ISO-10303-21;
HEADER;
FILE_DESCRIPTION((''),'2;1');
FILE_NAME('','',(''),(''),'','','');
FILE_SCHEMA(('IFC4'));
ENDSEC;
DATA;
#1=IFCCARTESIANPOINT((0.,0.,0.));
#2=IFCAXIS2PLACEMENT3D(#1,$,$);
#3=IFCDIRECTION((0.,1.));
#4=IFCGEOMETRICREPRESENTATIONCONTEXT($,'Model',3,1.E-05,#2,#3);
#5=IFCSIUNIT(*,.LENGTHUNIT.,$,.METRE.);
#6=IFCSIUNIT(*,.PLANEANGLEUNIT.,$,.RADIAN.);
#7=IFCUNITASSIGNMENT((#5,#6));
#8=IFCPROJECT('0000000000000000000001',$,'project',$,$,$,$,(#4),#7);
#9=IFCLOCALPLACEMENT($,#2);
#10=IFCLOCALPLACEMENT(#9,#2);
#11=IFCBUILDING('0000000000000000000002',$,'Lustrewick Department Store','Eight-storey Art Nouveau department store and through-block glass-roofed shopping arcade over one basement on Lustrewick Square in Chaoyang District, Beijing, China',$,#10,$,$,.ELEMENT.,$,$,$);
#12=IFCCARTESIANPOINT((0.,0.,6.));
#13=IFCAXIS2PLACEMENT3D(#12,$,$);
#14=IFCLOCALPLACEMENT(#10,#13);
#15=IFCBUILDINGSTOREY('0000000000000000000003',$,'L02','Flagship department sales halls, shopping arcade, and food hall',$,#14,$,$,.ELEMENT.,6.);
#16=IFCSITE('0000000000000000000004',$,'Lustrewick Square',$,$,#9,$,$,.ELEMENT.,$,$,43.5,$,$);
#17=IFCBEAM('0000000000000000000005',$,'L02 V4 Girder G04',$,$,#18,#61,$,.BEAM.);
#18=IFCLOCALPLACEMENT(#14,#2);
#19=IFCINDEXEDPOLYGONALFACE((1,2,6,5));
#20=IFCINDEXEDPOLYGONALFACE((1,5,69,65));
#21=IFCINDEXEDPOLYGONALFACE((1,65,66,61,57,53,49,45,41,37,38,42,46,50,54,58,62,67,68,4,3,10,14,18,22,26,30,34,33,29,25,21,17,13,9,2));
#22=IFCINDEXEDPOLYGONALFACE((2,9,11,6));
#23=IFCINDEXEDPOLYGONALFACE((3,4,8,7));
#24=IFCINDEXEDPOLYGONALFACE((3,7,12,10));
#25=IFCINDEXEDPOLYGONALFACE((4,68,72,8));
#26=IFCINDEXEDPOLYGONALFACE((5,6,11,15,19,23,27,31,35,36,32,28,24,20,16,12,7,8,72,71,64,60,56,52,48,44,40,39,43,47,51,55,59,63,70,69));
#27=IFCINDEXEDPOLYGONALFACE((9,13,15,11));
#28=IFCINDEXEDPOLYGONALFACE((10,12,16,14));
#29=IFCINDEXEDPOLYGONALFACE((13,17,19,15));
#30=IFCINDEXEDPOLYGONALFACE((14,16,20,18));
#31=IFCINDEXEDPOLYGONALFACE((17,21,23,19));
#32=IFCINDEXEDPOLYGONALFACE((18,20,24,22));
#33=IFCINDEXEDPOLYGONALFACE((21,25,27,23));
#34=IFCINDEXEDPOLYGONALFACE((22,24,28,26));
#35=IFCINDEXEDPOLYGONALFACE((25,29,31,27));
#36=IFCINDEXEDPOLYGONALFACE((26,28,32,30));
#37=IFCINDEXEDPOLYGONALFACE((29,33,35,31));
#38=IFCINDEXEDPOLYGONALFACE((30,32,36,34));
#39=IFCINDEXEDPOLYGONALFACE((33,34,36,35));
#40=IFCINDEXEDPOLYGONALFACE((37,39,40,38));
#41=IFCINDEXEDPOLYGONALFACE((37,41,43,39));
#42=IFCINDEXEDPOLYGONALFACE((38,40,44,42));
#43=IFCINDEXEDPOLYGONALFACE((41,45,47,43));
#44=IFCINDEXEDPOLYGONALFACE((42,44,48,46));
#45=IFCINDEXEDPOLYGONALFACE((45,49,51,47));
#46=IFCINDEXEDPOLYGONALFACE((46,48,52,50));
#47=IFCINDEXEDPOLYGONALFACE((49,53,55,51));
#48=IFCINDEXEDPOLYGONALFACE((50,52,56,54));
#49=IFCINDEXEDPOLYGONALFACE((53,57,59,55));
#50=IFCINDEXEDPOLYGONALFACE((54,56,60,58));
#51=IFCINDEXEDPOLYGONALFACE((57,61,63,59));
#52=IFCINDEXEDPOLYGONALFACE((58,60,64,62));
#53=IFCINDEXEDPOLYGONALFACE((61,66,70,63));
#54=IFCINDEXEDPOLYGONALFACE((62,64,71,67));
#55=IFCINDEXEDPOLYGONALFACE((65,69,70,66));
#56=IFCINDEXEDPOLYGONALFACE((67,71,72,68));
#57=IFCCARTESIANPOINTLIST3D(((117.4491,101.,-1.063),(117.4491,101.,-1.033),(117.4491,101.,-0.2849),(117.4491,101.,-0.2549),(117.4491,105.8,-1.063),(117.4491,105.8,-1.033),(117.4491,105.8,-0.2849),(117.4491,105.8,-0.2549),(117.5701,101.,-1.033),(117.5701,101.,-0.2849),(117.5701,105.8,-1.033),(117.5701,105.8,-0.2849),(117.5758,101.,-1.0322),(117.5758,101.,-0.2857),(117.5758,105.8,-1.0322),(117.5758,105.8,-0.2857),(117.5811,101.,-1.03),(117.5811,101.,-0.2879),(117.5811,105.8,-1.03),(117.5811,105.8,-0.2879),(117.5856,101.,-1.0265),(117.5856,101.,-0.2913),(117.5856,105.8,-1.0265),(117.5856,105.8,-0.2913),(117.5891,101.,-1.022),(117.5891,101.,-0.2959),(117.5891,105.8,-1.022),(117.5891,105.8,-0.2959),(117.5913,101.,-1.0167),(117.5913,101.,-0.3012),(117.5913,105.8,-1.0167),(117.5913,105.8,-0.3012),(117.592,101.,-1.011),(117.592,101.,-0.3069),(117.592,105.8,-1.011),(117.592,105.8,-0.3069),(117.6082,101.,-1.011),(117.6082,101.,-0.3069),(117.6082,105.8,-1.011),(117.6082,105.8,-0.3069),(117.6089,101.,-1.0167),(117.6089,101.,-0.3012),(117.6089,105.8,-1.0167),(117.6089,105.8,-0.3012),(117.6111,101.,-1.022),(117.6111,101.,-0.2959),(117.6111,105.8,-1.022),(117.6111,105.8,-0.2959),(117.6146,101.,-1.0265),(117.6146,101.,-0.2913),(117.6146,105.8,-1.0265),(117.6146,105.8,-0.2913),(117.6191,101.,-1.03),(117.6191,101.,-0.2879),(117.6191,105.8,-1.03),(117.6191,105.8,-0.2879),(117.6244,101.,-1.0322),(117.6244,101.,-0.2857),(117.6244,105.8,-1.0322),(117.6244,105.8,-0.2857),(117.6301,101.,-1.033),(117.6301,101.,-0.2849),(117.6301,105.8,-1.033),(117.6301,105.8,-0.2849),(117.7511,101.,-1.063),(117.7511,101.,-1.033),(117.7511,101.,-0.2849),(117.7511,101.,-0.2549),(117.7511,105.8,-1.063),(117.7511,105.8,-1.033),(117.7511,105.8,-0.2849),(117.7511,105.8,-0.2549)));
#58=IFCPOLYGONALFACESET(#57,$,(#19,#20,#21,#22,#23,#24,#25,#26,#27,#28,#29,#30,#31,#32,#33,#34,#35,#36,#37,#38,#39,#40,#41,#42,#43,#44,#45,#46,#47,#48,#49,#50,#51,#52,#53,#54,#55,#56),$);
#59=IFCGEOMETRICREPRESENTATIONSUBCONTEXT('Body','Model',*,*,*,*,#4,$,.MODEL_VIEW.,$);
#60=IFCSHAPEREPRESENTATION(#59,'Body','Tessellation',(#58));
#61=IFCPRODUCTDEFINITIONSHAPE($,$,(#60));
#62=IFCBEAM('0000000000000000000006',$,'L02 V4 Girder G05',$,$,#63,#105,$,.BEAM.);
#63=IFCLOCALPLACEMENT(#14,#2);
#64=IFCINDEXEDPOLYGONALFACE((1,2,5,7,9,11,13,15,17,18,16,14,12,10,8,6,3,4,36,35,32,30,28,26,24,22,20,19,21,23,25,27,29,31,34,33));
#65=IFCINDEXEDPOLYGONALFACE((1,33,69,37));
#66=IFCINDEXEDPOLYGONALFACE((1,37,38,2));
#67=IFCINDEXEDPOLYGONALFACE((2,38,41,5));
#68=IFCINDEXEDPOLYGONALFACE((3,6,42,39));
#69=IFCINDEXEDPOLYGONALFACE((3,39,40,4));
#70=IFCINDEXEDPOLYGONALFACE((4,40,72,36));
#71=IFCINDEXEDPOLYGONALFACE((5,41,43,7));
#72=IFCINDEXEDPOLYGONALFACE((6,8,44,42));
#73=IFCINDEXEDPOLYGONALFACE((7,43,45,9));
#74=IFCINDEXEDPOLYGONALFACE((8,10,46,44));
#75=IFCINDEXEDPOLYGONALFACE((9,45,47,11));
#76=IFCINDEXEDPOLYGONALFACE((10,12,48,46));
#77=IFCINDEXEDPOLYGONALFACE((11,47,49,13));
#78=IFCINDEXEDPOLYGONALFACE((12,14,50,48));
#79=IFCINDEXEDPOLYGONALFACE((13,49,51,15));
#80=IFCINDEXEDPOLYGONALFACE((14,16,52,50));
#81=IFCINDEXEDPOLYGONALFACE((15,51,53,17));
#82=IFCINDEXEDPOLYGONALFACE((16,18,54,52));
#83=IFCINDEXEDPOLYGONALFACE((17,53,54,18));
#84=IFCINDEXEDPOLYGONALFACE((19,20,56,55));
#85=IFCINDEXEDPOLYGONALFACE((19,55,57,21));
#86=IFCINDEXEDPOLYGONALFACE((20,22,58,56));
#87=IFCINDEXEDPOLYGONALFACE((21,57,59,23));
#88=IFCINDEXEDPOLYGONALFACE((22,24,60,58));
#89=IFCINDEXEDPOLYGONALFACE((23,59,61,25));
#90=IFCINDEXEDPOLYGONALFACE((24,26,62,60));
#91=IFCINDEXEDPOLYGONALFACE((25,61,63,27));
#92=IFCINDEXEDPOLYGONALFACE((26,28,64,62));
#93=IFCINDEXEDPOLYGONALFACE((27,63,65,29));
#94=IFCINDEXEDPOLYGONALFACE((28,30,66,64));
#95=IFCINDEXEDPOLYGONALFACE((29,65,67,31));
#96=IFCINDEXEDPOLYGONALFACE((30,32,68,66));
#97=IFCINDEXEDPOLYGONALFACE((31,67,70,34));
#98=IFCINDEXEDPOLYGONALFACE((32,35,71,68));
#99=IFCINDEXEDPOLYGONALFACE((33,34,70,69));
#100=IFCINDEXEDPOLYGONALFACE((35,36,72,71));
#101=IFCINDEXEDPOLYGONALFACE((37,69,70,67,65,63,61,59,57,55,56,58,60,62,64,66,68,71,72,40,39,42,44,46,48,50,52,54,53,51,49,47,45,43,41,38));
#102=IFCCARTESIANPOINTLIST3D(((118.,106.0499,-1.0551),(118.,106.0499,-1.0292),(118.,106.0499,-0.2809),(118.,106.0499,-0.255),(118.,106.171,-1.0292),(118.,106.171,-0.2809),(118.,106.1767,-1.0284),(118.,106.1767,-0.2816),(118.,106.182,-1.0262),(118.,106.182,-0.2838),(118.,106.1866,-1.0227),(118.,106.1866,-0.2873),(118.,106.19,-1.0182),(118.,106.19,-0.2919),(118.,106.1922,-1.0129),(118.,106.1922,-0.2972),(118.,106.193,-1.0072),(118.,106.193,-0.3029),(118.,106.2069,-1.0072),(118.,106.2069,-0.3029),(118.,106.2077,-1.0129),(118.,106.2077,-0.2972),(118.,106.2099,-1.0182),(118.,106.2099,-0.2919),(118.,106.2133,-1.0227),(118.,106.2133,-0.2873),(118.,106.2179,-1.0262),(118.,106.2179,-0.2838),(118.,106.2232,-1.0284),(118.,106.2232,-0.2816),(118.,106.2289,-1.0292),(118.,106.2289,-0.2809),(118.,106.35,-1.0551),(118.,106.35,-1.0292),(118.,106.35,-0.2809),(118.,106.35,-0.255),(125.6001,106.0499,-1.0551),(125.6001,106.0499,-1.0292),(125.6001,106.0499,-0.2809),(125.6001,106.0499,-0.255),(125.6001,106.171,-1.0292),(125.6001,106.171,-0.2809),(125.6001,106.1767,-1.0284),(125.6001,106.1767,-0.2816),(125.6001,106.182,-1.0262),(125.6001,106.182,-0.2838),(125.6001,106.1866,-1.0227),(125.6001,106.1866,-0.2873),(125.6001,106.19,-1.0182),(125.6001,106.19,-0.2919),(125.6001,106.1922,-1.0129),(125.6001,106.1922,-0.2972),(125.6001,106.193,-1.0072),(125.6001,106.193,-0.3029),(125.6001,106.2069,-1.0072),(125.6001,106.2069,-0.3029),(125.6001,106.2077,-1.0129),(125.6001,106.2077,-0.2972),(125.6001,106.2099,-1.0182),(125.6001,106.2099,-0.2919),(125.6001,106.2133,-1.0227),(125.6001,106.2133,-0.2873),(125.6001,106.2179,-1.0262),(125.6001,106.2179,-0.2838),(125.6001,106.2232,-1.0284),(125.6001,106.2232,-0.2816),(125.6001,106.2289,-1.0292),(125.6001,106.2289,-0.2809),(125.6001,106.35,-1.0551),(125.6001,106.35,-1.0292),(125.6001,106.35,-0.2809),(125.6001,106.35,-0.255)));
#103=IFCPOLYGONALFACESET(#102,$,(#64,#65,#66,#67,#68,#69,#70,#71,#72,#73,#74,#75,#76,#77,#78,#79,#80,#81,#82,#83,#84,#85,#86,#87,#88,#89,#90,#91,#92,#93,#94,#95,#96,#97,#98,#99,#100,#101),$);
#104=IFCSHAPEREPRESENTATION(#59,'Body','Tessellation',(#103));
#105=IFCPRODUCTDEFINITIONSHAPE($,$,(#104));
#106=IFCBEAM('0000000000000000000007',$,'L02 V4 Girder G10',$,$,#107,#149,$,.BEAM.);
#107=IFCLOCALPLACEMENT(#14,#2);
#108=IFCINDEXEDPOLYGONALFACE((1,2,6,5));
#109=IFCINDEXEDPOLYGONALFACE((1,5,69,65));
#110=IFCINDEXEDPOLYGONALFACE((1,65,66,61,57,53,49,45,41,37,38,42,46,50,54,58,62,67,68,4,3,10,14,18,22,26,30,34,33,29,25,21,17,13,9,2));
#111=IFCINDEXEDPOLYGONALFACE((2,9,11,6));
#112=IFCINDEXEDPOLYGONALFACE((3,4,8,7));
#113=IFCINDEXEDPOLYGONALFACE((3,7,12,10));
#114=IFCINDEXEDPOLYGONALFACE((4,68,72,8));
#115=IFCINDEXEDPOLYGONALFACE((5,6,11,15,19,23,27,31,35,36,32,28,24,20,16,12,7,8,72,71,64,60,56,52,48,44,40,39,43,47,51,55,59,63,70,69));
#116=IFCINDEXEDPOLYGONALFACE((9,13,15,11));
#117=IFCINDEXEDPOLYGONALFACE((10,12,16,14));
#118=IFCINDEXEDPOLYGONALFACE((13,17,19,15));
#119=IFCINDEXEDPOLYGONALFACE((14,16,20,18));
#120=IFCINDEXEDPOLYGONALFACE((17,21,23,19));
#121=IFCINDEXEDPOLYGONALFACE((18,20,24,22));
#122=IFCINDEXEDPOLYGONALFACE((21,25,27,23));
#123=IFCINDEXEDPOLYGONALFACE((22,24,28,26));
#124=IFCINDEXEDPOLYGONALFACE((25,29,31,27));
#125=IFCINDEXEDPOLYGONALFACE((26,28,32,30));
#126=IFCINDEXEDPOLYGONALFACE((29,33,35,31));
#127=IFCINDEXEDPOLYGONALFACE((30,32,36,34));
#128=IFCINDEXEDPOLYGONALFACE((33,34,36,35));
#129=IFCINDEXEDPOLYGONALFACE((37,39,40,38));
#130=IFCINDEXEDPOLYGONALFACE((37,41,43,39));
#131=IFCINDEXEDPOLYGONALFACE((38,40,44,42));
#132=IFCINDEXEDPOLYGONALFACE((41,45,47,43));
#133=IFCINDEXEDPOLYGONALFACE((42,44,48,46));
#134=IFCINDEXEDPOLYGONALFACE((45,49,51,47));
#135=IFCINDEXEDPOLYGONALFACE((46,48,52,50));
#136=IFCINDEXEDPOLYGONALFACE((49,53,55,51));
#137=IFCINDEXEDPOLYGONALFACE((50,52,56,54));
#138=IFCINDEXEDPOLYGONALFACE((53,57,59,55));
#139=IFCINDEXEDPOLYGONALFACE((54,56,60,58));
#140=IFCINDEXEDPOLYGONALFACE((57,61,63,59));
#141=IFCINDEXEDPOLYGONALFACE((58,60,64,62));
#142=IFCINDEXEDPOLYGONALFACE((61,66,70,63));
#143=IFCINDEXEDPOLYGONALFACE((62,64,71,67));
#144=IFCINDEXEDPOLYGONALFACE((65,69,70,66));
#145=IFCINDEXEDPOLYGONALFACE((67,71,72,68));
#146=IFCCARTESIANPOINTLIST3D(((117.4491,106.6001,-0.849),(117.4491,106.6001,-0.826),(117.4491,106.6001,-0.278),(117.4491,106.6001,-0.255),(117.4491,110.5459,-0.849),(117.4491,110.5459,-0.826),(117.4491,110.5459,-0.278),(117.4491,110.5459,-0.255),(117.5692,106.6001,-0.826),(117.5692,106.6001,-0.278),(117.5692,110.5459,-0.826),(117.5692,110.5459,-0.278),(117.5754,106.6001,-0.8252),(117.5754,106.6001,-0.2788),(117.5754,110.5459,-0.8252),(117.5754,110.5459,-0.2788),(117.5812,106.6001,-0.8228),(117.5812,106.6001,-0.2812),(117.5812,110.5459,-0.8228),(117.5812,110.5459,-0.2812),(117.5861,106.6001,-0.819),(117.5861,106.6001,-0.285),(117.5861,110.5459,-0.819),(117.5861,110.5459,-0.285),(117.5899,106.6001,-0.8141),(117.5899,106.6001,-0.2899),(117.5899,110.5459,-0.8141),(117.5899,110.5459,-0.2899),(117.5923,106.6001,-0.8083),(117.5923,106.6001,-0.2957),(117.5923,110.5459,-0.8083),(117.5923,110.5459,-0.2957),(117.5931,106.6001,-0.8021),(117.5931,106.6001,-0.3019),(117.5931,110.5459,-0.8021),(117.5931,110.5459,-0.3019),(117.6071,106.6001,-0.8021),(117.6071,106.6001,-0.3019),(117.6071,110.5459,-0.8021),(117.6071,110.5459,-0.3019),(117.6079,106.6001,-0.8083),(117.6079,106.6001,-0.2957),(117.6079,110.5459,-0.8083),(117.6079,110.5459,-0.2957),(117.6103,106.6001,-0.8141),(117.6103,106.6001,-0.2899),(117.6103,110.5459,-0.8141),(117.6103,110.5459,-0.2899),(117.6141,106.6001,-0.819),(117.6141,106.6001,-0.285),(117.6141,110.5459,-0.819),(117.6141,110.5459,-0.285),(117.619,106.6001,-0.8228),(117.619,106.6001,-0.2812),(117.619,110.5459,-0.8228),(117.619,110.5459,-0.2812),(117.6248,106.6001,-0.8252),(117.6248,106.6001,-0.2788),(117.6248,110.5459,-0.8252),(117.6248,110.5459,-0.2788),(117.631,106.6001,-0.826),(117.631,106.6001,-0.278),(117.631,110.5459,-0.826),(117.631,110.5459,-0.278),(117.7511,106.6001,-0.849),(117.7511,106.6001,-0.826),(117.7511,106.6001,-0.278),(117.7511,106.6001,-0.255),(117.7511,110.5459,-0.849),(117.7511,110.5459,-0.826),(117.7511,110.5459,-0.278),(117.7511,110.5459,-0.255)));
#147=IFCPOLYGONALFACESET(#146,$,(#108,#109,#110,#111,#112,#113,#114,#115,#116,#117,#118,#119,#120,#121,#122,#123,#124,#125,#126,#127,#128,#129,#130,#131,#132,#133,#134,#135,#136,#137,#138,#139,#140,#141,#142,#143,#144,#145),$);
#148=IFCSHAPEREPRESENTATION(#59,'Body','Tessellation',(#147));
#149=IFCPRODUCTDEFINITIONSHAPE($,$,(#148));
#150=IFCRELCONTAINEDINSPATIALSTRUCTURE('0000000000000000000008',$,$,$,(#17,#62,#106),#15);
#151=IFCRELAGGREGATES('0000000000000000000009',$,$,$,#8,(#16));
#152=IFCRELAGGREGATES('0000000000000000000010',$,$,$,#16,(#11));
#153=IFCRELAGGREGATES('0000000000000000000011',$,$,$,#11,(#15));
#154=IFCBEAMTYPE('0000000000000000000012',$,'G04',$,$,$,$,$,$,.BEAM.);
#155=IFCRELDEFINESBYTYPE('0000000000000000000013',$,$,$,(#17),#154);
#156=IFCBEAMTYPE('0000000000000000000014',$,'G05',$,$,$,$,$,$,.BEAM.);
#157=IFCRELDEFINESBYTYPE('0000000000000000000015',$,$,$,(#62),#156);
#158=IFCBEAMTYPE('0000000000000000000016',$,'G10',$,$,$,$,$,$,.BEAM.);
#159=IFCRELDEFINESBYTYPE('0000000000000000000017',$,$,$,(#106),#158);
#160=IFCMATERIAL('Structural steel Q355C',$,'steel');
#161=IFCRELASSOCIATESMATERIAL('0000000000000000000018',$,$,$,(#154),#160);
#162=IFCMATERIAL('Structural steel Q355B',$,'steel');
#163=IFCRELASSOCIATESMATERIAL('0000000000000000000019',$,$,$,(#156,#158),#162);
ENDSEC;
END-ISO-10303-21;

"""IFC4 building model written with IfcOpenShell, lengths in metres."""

from ifc_helpers import new_model, si_unit, direction, frame, origin, origin_2d, place, context, subcontext, project, spatial, i_section, extrude, material, material_profile, profile_set, type_object, element, save


model = new_model("IFC4")

# Units and contexts
model_context = context("Model", 3, precision=1e-05, world=origin(), true_north=direction((0.0, 1.0)))
body_context = subcontext(model_context, "Body", "Model", "MODEL_VIEW")
ifc_project = project(units=[si_unit("LENGTHUNIT", "METRE"), si_unit("PLANEANGLEUNIT", "RADIAN")], contexts=[model_context])

# Site, building, storey
site_placement = place(None, origin())
site = spatial("IfcSite", under=ifc_project, at=site_placement, Name="Lustrewick Square", CompositionType="ELEMENT", RefElevation=43.5)
building_placement = place(site_placement, origin())
building = spatial("IfcBuilding", under=site, at=building_placement, Name="Lustrewick Department Store", Description="Eight-storey Art Nouveau department store and through-block glass-roofed shopping arcade over one basement on Lustrewick Square in Chaoyang District, Beijing, China", CompositionType="ELEMENT")
storey_placement = place(building_placement, frame((0.0, 0.0, 6.0)))
storey = spatial("IfcBuildingStorey", under=building, at=storey_placement, Name="L02", Description="Flagship department sales halls, shopping arcade, and food hall", CompositionType="ELEMENT", Elevation=6.0)

# Shared definitions
ifc_material_1 = material(Name="Structural steel Q355C", Category="steel")

# Shared definitions
ifc_material_2 = material(Name="Structural steel Q355B", Category="steel")

# Beams
ifc_material_profile_1 = material_profile(ifc_material_1, i_section(OverallWidth=0.302, OverallDepth=0.8081, WebThickness=0.0161, FlangeThickness=0.03, FilletRadius=0.022, at=origin_2d()), Name="HN 808x302x16x30")
ifc_profile_set_1 = profile_set([ifc_material_profile_1], Name="Structural steel Q355C")
beam_type_1 = type_object("IfcBeamType", Name="G04", PredefinedType="BEAM", material=ifc_profile_set_1)
beam_1_placement = place(storey_placement, frame((117.6001, 101.0, -0.6589), z_axis=(0.0, 1.0, 0.0), x_axis=(-1.0, 0.0, 0.0)))
element("IfcBeam", 1, at=beam_1_placement, inside=storey, type_object=beam_type_1, Name="L02 V4 Girder G04", PredefinedType="BEAM", context=body_context, shape_type="SweptSolid", body=[
    extrude(i_section(OverallWidth=0.302, OverallDepth=0.8081, WebThickness=0.0161, FlangeThickness=0.03, FilletRadius=0.022, at=origin_2d()), origin(), (0.0, 0.0, 1.0), 4.8),
])
ifc_material_profile_2 = material_profile(ifc_material_2, i_section(OverallWidth=0.3, OverallDepth=0.8, WebThickness=0.0139, FlangeThickness=0.0259, FilletRadius=0.022, at=origin_2d()), Name="HN 800x300x14x26")
ifc_profile_set_2 = profile_set([ifc_material_profile_2], Name="Structural steel Q355B")
beam_type_2 = type_object("IfcBeamType", Name="G05", PredefinedType="BEAM", material=ifc_profile_set_2)
beam_2_placement = place(storey_placement, frame((118.0, 106.2, -0.655), z_axis=(1.0, 0.0, 0.0), x_axis=(0.0, 1.0, 0.0)))
element("IfcBeam", 2, at=beam_2_placement, inside=storey, type_object=beam_type_2, Name="L02 V4 Girder G05", PredefinedType="BEAM", context=body_context, shape_type="SweptSolid", body=[
    extrude(i_section(OverallWidth=0.3, OverallDepth=0.8, WebThickness=0.0139, FlangeThickness=0.0259, FilletRadius=0.022, at=origin_2d()), origin(), (0.0, 0.0, 1.0), 7.6001),
])
ifc_material_profile_3 = material_profile(ifc_material_2, i_section(OverallWidth=0.302, OverallDepth=0.594, WebThickness=0.0139, FlangeThickness=0.0229, FilletRadius=0.0239, at=origin_2d()), Name="HM 594x302x14x23")
ifc_profile_set_3 = profile_set([ifc_material_profile_3], Name="Structural steel Q355B")
beam_type_3 = type_object("IfcBeamType", Name="G10", PredefinedType="BEAM", material=ifc_profile_set_3)
beam_3_placement = place(storey_placement, frame((117.6001, 106.6001, -0.552), z_axis=(0.0, 1.0, 0.0), x_axis=(-1.0, 0.0, 0.0)))
element("IfcBeam", 3, at=beam_3_placement, inside=storey, type_object=beam_type_3, Name="L02 V4 Girder G10", PredefinedType="BEAM", context=body_context, shape_type="SweptSolid", body=[
    extrude(i_section(OverallWidth=0.302, OverallDepth=0.594, WebThickness=0.0139, FlangeThickness=0.0229, FilletRadius=0.0239, at=origin_2d()), origin(), (0.0, 0.0, 1.0), 3.9458),
])

save(model, "model.ifc")
